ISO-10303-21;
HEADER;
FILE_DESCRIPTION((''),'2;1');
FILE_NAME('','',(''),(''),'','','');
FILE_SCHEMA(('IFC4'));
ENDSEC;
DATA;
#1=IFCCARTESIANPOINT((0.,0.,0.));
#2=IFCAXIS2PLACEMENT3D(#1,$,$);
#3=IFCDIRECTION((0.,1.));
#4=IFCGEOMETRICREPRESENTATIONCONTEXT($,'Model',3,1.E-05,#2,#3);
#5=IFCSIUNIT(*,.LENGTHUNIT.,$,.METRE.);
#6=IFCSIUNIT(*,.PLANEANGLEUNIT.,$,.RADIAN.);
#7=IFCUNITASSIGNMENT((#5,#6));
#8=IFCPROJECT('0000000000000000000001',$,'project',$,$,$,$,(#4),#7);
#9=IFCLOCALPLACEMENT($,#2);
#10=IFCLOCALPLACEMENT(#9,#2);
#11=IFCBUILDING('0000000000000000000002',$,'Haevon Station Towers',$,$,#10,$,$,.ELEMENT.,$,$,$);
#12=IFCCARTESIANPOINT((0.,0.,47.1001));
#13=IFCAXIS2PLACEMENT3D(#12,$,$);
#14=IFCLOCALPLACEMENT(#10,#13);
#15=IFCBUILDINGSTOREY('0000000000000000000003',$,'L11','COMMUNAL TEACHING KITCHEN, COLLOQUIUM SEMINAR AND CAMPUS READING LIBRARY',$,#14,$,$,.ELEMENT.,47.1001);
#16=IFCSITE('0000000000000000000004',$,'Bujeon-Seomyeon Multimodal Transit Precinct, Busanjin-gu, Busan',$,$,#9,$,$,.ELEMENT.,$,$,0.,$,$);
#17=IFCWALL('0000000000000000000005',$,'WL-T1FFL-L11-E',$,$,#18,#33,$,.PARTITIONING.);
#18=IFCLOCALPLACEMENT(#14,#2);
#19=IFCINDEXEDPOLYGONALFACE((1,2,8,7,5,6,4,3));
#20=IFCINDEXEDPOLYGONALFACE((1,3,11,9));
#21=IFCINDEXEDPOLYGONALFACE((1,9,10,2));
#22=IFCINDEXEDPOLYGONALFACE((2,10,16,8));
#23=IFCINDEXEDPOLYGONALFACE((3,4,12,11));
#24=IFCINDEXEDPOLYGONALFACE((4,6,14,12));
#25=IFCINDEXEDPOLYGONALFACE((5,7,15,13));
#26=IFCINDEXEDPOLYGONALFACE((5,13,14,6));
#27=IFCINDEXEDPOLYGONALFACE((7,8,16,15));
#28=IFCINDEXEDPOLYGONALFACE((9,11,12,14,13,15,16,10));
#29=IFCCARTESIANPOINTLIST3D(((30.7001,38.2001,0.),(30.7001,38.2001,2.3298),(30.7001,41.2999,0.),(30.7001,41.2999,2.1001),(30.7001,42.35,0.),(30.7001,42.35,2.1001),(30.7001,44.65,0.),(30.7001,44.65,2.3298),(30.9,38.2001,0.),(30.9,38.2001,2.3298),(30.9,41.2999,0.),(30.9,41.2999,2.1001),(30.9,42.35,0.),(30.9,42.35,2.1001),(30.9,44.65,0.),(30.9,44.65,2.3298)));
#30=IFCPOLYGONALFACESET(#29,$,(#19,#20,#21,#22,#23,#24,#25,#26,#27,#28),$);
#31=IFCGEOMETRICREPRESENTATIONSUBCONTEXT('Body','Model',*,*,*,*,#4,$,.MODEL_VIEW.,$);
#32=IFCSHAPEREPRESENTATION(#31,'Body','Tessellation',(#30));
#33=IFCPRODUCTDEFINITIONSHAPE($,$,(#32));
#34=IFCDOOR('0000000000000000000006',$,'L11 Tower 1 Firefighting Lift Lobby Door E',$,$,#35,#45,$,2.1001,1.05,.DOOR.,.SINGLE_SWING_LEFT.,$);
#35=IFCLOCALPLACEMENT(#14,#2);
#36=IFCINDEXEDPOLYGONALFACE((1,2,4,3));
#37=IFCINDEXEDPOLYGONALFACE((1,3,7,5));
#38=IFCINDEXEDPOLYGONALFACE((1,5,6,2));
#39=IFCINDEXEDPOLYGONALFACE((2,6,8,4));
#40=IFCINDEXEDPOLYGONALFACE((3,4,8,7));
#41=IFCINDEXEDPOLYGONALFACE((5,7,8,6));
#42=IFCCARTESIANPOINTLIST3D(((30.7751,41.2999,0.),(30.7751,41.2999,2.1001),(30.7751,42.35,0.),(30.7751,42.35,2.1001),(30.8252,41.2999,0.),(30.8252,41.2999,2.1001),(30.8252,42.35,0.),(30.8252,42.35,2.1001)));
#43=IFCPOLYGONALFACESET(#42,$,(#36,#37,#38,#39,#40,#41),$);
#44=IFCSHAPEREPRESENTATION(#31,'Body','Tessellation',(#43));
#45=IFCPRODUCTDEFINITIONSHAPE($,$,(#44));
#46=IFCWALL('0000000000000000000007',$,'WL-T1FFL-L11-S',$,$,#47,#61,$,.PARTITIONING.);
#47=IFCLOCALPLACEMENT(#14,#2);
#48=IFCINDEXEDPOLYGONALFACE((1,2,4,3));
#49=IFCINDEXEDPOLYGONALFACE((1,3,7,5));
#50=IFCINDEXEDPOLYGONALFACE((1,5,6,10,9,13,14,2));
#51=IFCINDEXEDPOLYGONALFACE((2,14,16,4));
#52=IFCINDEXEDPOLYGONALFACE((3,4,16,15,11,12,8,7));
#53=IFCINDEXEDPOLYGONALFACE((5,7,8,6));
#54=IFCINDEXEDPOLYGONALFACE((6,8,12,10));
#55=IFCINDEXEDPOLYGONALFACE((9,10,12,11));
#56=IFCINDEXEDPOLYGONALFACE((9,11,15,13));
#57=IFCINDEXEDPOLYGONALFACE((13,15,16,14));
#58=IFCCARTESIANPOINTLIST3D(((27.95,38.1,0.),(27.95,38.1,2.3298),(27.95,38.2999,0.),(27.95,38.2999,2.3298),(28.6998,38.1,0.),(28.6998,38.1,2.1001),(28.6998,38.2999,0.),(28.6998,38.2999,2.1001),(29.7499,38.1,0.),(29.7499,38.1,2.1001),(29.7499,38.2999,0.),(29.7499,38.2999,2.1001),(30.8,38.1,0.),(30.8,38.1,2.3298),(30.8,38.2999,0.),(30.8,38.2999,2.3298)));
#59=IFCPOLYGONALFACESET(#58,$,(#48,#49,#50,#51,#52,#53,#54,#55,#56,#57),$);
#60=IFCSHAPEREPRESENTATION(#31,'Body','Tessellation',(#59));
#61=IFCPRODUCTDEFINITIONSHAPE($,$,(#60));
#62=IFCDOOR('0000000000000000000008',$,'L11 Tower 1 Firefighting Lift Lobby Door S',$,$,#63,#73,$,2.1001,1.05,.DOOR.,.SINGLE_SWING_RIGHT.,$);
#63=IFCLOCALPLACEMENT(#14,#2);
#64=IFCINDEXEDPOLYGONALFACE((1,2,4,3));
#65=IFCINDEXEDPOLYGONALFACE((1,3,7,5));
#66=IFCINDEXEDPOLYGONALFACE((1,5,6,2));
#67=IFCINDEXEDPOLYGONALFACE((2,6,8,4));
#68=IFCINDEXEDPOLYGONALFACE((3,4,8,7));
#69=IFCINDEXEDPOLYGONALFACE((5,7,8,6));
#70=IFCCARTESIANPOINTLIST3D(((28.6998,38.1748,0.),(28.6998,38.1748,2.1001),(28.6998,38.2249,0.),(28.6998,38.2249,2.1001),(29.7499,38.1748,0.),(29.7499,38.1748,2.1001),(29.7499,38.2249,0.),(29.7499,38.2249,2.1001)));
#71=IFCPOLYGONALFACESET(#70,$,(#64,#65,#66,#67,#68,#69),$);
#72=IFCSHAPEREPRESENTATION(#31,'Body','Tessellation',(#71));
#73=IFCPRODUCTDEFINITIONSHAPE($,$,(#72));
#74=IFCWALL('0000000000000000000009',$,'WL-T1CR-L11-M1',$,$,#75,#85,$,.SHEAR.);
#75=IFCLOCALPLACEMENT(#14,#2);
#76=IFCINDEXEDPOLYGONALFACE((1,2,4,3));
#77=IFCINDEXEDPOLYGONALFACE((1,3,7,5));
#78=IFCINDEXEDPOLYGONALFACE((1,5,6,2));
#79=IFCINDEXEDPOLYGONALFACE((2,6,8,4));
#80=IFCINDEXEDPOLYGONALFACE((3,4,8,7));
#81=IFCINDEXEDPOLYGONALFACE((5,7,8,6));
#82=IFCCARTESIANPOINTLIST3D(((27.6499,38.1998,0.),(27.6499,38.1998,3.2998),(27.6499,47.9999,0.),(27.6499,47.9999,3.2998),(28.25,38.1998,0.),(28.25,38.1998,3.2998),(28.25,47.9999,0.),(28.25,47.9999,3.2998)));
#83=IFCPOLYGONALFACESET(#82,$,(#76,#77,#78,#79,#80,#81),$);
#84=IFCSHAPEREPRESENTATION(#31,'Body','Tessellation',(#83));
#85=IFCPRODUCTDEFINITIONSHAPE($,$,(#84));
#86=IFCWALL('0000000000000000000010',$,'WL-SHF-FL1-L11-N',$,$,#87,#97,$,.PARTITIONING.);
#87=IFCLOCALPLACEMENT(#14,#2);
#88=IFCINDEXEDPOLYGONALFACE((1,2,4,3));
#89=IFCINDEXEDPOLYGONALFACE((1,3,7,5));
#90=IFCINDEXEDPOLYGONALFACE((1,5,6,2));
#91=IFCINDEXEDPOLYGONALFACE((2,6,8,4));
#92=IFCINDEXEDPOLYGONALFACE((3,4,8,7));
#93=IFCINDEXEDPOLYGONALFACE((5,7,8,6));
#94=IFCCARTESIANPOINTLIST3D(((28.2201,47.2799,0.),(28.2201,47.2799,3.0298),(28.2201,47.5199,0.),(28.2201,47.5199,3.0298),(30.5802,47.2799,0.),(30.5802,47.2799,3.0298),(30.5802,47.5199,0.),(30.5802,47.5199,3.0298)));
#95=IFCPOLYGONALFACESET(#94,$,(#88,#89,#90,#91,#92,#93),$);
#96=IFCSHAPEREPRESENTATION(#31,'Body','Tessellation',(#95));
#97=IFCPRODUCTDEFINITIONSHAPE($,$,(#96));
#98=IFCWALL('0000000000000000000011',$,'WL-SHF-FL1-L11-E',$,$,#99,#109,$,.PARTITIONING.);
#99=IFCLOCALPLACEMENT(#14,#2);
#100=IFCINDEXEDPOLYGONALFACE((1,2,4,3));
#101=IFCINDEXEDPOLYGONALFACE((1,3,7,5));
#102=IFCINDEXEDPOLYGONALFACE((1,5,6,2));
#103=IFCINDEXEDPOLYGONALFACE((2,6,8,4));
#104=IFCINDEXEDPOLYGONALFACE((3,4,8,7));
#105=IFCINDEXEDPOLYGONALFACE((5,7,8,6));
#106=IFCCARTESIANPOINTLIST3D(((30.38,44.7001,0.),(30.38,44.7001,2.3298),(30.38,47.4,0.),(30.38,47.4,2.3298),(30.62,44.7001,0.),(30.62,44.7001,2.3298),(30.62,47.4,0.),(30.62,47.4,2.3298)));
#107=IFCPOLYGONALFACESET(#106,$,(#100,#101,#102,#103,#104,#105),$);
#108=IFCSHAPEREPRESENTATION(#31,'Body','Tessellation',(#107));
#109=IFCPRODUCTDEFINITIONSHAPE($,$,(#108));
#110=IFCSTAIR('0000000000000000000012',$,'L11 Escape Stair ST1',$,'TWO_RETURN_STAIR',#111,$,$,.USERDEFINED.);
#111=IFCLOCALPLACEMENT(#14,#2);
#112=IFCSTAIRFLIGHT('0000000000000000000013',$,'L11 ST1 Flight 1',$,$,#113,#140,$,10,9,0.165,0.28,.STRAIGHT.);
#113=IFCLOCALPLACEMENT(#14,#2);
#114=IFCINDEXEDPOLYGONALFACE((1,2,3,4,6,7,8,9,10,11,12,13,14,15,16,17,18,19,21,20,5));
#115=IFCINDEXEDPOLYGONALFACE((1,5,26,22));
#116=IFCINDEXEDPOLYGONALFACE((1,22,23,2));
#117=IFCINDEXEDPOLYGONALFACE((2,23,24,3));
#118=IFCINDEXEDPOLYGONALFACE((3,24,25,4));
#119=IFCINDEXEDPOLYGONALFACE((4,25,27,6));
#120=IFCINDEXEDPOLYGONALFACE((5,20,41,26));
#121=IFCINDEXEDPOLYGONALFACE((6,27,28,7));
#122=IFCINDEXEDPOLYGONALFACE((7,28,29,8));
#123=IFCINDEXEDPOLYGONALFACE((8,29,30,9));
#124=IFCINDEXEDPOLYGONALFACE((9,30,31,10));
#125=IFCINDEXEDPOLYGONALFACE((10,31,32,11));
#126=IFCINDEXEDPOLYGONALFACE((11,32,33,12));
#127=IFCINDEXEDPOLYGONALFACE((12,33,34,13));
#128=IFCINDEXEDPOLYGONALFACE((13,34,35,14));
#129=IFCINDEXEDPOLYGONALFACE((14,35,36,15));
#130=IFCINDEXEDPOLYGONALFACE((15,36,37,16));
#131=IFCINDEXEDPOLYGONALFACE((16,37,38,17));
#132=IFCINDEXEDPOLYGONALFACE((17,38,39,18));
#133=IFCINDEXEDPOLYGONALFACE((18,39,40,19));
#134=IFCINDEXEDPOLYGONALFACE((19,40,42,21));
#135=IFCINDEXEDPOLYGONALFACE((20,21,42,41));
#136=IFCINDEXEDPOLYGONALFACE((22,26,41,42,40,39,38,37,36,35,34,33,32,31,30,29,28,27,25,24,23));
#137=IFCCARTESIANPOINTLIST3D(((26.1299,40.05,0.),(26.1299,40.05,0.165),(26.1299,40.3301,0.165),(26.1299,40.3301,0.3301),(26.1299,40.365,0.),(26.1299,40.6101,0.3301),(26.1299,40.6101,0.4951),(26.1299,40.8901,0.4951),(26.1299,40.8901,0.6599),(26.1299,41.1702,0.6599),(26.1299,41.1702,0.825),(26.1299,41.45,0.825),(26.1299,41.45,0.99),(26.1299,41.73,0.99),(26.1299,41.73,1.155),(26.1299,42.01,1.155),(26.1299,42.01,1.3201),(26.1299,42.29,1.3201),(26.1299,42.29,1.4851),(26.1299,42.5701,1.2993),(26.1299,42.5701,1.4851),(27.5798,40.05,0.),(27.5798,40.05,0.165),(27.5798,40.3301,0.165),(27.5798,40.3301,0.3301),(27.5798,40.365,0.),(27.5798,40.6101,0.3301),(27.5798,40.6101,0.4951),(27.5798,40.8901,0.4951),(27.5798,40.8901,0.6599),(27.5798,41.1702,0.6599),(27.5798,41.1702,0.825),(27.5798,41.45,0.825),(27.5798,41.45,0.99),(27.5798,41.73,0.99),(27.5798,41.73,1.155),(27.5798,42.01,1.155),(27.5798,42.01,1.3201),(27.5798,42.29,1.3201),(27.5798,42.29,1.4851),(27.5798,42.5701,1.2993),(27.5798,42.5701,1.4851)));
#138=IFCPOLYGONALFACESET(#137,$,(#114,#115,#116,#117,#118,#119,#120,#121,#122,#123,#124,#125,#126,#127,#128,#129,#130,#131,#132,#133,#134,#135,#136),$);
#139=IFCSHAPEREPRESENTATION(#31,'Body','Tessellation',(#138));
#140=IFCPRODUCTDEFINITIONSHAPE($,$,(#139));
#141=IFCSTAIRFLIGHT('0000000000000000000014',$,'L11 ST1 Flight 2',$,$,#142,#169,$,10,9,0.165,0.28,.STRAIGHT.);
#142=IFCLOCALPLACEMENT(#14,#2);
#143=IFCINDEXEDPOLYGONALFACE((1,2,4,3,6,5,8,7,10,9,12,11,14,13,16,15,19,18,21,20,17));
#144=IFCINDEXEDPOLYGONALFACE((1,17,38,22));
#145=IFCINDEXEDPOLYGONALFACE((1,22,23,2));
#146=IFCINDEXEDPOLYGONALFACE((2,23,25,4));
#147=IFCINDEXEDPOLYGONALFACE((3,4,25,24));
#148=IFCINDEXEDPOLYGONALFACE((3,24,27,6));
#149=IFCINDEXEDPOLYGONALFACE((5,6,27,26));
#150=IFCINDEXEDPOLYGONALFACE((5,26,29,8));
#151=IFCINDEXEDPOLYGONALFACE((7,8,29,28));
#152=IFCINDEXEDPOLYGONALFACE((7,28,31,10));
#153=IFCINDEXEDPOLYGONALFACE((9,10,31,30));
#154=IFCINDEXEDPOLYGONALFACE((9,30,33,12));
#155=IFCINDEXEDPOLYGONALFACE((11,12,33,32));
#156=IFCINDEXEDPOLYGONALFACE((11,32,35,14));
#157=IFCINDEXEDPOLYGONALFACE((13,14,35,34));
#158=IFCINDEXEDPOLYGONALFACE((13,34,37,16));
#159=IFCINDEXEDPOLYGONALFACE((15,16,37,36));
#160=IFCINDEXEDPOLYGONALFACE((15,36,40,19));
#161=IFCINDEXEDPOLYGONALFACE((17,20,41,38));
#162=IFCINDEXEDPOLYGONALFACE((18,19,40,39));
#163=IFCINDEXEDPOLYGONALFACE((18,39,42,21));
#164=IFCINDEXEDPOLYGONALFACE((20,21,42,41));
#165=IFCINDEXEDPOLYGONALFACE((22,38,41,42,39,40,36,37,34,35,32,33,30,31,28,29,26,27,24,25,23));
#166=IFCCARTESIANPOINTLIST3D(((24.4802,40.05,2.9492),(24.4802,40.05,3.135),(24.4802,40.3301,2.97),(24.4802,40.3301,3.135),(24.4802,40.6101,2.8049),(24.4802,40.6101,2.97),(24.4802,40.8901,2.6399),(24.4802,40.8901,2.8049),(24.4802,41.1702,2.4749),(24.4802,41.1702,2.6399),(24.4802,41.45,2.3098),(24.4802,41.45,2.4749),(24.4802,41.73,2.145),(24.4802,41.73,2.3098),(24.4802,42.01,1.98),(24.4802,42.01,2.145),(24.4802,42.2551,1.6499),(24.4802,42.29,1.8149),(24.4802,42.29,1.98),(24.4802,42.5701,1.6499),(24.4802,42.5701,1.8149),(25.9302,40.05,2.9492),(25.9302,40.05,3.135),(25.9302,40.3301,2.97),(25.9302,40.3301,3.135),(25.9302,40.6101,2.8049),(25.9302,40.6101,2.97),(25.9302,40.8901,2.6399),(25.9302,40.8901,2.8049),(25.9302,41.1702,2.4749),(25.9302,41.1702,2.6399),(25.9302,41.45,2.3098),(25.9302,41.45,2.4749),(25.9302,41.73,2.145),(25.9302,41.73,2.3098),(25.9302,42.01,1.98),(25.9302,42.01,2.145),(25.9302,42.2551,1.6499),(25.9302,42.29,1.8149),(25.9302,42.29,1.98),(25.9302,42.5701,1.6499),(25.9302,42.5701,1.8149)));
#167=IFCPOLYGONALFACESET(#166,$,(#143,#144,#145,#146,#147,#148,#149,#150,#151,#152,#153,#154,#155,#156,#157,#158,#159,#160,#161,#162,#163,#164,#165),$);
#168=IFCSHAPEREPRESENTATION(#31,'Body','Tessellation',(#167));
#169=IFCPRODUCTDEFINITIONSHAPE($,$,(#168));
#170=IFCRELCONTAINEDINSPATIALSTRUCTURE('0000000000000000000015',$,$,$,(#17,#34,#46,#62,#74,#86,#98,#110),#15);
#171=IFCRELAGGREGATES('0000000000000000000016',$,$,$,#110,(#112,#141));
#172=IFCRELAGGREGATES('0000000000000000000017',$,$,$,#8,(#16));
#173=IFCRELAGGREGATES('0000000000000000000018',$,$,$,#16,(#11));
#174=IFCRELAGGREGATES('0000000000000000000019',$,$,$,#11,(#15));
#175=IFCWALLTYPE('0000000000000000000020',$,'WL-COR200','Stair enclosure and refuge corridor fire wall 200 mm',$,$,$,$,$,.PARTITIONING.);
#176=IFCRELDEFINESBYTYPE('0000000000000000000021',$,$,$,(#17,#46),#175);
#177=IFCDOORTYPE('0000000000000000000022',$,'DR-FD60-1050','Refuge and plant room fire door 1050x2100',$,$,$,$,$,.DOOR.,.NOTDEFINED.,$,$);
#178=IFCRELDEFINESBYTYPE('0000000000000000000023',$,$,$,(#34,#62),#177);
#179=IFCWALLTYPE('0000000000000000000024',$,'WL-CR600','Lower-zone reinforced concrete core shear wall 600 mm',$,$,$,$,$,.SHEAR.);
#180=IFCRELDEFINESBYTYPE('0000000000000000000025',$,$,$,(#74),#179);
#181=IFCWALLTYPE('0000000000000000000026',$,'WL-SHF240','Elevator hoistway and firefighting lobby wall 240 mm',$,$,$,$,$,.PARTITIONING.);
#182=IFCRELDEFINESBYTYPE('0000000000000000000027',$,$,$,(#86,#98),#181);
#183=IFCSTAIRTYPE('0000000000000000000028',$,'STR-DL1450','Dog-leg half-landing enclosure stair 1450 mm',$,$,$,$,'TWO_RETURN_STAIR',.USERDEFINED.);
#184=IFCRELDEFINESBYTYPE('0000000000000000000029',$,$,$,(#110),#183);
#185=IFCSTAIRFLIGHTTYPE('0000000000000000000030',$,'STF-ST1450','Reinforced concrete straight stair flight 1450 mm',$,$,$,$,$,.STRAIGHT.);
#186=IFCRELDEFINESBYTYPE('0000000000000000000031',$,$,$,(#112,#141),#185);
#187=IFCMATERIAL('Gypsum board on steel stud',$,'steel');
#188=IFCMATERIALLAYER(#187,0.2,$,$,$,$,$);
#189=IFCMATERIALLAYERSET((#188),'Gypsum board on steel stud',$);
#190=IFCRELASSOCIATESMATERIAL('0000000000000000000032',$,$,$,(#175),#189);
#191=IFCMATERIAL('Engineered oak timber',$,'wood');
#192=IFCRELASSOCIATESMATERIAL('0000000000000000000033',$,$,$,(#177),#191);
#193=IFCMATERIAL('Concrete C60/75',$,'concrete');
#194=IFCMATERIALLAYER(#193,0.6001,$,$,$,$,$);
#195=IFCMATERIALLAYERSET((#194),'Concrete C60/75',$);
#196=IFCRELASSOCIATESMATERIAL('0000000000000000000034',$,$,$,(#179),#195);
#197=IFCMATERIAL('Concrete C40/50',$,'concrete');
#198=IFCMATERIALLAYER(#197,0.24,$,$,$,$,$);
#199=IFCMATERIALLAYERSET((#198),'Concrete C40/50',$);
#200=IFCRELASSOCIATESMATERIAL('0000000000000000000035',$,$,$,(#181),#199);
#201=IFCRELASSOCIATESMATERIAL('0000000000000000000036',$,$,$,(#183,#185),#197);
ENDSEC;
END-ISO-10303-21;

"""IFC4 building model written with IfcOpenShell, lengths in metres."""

from ifc_helpers import new_model, si_unit, direction, frame, frame_2d, origin, place, context, subcontext, project, spatial, polyline, rectangle, outline, extrude, material, layer, layer_set, type_object, element, fill, aggregate, save


model = new_model("IFC4")

# Units and contexts
model_context = context("Model", 3, precision=1e-05, world=origin(), true_north=direction((0.0, 1.0)))
body_context = subcontext(model_context, "Body", "Model", "MODEL_VIEW")
ifc_project = project(units=[si_unit("LENGTHUNIT", "METRE"), si_unit("PLANEANGLEUNIT", "RADIAN")], contexts=[model_context])

# Site, building, storey
site_placement = place(None, origin())
site = spatial("IfcSite", under=ifc_project, at=site_placement, Name="Bujeon-Seomyeon Multimodal Transit Precinct, Busanjin-gu, Busan", CompositionType="ELEMENT", RefElevation=0.0)
building_placement = place(site_placement, origin())
building = spatial("IfcBuilding", under=site, at=building_placement, Name="Haevon Station Towers", CompositionType="ELEMENT")
storey_placement = place(building_placement, frame((0.0, 0.0, 47.1001)))
storey = spatial("IfcBuildingStorey", under=building, at=storey_placement, Name="L11", Description="COMMUNAL TEACHING KITCHEN, COLLOQUIUM SEMINAR AND CAMPUS READING LIBRARY", CompositionType="ELEMENT", Elevation=47.1001)

# Walls, openings, doors
ifc_material_1 = material(Name="Gypsum board on steel stud", Category="steel")
ifc_layer_1 = layer(ifc_material_1, 0.2)
ifc_layer_set_1 = layer_set([ifc_layer_1], Name="Gypsum board on steel stud")
wall_type_1 = type_object("IfcWallType", Name="WL-COR200", Description="Stair enclosure and refuge corridor fire wall 200 mm", PredefinedType="PARTITIONING", material=ifc_layer_set_1)
wall_1_placement = place(storey_placement, frame((30.8, 38.2, 0.0), z_axis=(0.0, 0.0, 1.0), x_axis=(0.0, 1.0, 0.0)))
wall_1 = element("IfcWall", 1, at=wall_1_placement, inside=storey, type_object=wall_type_1, Name="WL-T1FFL-L11-E", PredefinedType="PARTITIONING", context=body_context, shape_type="SweptSolid", body=[
    extrude(rectangle(XDim=6.45, YDim=0.2, at=frame_2d((3.2251, 0.0))), origin(), (0.0, 0.0, 1.0), 2.3298),
])
opening_1_placement = place(wall_1_placement, frame((3.1001, 0.0, 0.0)))
opening_1 = element("IfcOpeningElement", 2, at=opening_1_placement, cuts=wall_1, PredefinedType="OPENING", context=body_context, shape_type="SweptSolid", body=[
    extrude(rectangle(XDim=1.05, YDim=2.1001, at=frame_2d((0.5249, 1.05))), frame((0.0, 0.1099, 0.0), z_axis=(0.0, -1.0, 0.0), x_axis=(1.0, 0.0, 0.0)), (0.0, 0.0, 1.0), 0.22),
])
ifc_material_2 = material(Name="Engineered oak timber", Category="wood")
door_type_1 = type_object("IfcDoorType", Name="DR-FD60-1050", Description="Refuge and plant room fire door 1050x2100", OperationType="NOTDEFINED", PredefinedType="DOOR", material=ifc_material_2)
door_1_placement = place(opening_1_placement, origin())
door_1 = element("IfcDoor", 3, at=door_1_placement, inside=storey, type_object=door_type_1, Name="L11 Tower 1 Firefighting Lift Lobby Door E", OperationType="SINGLE_SWING_LEFT", OverallHeight=2.1001, OverallWidth=1.05, PredefinedType="DOOR", context=body_context, shape_type="SweptSolid", body=[
    extrude(rectangle(XDim=1.05, YDim=2.1001, at=frame_2d((0.5249, 1.05))), frame((0.0, 0.0249, 0.0), z_axis=(0.0, -1.0, 0.0), x_axis=(1.0, 0.0, 0.0)), (0.0, 0.0, 1.0), 0.05),
])
fill(opening_1, door_1)
wall_2_placement = place(storey_placement, frame((27.95, 38.2, 0.0), z_axis=(0.0, 0.0, 1.0), x_axis=(1.0, 0.0, 0.0)))
wall_2 = element("IfcWall", 4, at=wall_2_placement, inside=storey, type_object=wall_type_1, Name="WL-T1FFL-L11-S", PredefinedType="PARTITIONING", context=body_context, shape_type="SweptSolid", body=[
    extrude(rectangle(XDim=2.8501, YDim=0.2, at=frame_2d((1.425, 0.0))), origin(), (0.0, 0.0, 1.0), 2.3298),
])
opening_2_placement = place(wall_2_placement, frame((0.75, 0.0, 0.0)))
opening_2 = element("IfcOpeningElement", 5, at=opening_2_placement, cuts=wall_2, PredefinedType="OPENING", context=body_context, shape_type="SweptSolid", body=[
    extrude(rectangle(XDim=1.05, YDim=2.1001, at=frame_2d((0.5249, 1.05))), frame((0.0, 0.1099, 0.0), z_axis=(0.0, -1.0, 0.0), x_axis=(1.0, 0.0, 0.0)), (0.0, 0.0, 1.0), 0.22),
])
door_2_placement = place(opening_2_placement, origin())
door_2 = element("IfcDoor", 6, at=door_2_placement, inside=storey, type_object=door_type_1, Name="L11 Tower 1 Firefighting Lift Lobby Door S", OperationType="SINGLE_SWING_RIGHT", OverallHeight=2.1001, OverallWidth=1.05, PredefinedType="DOOR", context=body_context, shape_type="SweptSolid", body=[
    extrude(rectangle(XDim=1.05, YDim=2.1001, at=frame_2d((0.5249, 1.05))), frame((0.0, 0.0249, 0.0), z_axis=(0.0, -1.0, 0.0), x_axis=(1.0, 0.0, 0.0)), (0.0, 0.0, 1.0), 0.05),
])
fill(opening_2, door_2)

# Wall
ifc_material_3 = material(Name="Concrete C60/75", Category="concrete")
ifc_layer_2 = layer(ifc_material_3, 0.6001)
ifc_layer_set_2 = layer_set([ifc_layer_2], Name="Concrete C60/75")
wall_type_2 = type_object("IfcWallType", Name="WL-CR600", Description="Lower-zone reinforced concrete core shear wall 600 mm", PredefinedType="SHEAR", material=ifc_layer_set_2)
wall_3_placement = place(storey_placement, frame((27.95, 38.2, 0.0), z_axis=(0.0, 0.0, 1.0), x_axis=(0.0, 1.0, 0.0)))
element("IfcWall", 7, at=wall_3_placement, inside=storey, type_object=wall_type_2, Name="WL-T1CR-L11-M1", PredefinedType="SHEAR", context=body_context, shape_type="SweptSolid", body=[
    extrude(rectangle(XDim=9.8, YDim=0.6001, at=frame_2d((4.8999, 0.0))), origin(), (0.0, 0.0, 1.0), 3.2998),
])

# Shared definitions
ifc_material_4 = material(Name="Concrete C40/50", Category="concrete")
ifc_layer_3 = layer(ifc_material_4, 0.24)
ifc_layer_set_3 = layer_set([ifc_layer_3], Name="Concrete C40/50")
wall_type_3 = type_object("IfcWallType", Name="WL-SHF240", Description="Elevator hoistway and firefighting lobby wall 240 mm", PredefinedType="PARTITIONING", material=ifc_layer_set_3)

# Walls
wall_4_placement = place(storey_placement, frame((28.22, 47.3999, 0.0), z_axis=(0.0, 0.0, 1.0), x_axis=(1.0, 0.0, 0.0)))
element("IfcWall", 8, at=wall_4_placement, inside=storey, type_object=wall_type_3, Name="WL-SHF-FL1-L11-N", PredefinedType="PARTITIONING", context=body_context, shape_type="SweptSolid", body=[
    extrude(rectangle(XDim=2.3601, YDim=0.24, at=frame_2d((1.1802, 0.0))), origin(), (0.0, 0.0, 1.0), 3.0298),
])
wall_5_placement = place(storey_placement, frame((30.5, 44.7, 0.0), z_axis=(0.0, 0.0, 1.0), x_axis=(0.0, 1.0, 0.0)))
element("IfcWall", 9, at=wall_5_placement, inside=storey, type_object=wall_type_3, Name="WL-SHF-FL1-L11-E", PredefinedType="PARTITIONING", context=body_context, shape_type="SweptSolid", body=[
    extrude(rectangle(XDim=2.7, YDim=0.24, at=frame_2d((1.3501, 0.0))), origin(), (0.0, 0.0, 1.0), 2.3298),
])

# Stair, stair flights
stair_type = type_object("IfcStairType", Name="STR-DL1450", Description="Dog-leg half-landing enclosure stair 1450 mm", ElementType="TWO_RETURN_STAIR", PredefinedType="USERDEFINED", material=ifc_material_4)
stair_placement = place(storey_placement, origin())
stair = element("IfcStair", 10, at=stair_placement, inside=storey, type_object=stair_type, Name="L11 Escape Stair ST1", ObjectType="TWO_RETURN_STAIR", PredefinedType="USERDEFINED")
stair_flight_type = type_object("IfcStairFlightType", Name="STF-ST1450", Description="Reinforced concrete straight stair flight 1450 mm", PredefinedType="STRAIGHT", material=ifc_material_4)
stair_flight_1_placement = place(storey_placement, frame((26.855, 40.05, 0.0), z_axis=(0.0, 0.0, 1.0), x_axis=(0.0, 1.0, 0.0)))
stair_flight_1 = element("IfcStairFlight", 11, at=stair_flight_1_placement, type_object=stair_flight_type, Name="L11 ST1 Flight 1", NumberOfRisers=10, NumberOfTreads=9, PredefinedType="STRAIGHT", RiserHeight=0.165, TreadLength=0.28, context=body_context, shape_type="SweptSolid", body=[
    extrude(outline(polyline([(0.0, 0.0), (0.0, 0.165), (0.28, 0.165), (0.28, 0.3301), (0.5601, 0.3301), (0.5601, 0.4951), (0.8401, 0.4951), (0.8401, 0.6599), (1.1201, 0.6599), (1.1201, 0.825), (1.3999, 0.825), (1.3999, 0.99), (1.6799, 0.99), (1.6799, 1.155), (1.96, 1.155), (1.96, 1.3201), (2.24, 1.3201), (2.24, 1.4851), (2.52, 1.4851), (2.52, 1.6499), (2.52, 1.2993), (0.3149, 0.0), (0.0, 0.0)])), frame((0.0, 0.7251, 0.0), z_axis=(0.0, -1.0, 0.0), x_axis=(1.0, 0.0, 0.0)), (0.0, 0.0, 1.0), 1.45),
])
stair_flight_2_placement = place(storey_placement, frame((25.2051, 42.5701, 1.6499), z_axis=(0.0, 0.0, 1.0), x_axis=(0.0, -1.0, 0.0)))
stair_flight_2 = element("IfcStairFlight", 12, at=stair_flight_2_placement, type_object=stair_flight_type, Name="L11 ST1 Flight 2", NumberOfRisers=10, NumberOfTreads=9, PredefinedType="STRAIGHT", RiserHeight=0.165, TreadLength=0.28, context=body_context, shape_type="SweptSolid", body=[
    extrude(outline(polyline([(0.0, 0.0), (0.0, 0.165), (0.28, 0.165), (0.28, 0.3301), (0.5601, 0.3301), (0.5601, 0.4951), (0.8401, 0.4951), (0.8401, 0.6599), (1.1201, 0.6599), (1.1201, 0.825), (1.3999, 0.825), (1.3999, 0.99), (1.6799, 0.99), (1.6799, 1.155), (1.96, 1.155), (1.96, 1.3201), (2.24, 1.3201), (2.24, 1.4851), (2.52, 1.4851), (2.52, 1.6499), (2.52, 1.2993), (0.3149, 0.0), (0.0, 0.0)])), frame((0.0, 0.7251, 0.0), z_axis=(0.0, -1.0, 0.0), x_axis=(1.0, 0.0, 0.0)), (0.0, 0.0, 1.0), 1.45),
])
aggregate(stair, [stair_flight_1, stair_flight_2])

save(model, "model.ifc")
